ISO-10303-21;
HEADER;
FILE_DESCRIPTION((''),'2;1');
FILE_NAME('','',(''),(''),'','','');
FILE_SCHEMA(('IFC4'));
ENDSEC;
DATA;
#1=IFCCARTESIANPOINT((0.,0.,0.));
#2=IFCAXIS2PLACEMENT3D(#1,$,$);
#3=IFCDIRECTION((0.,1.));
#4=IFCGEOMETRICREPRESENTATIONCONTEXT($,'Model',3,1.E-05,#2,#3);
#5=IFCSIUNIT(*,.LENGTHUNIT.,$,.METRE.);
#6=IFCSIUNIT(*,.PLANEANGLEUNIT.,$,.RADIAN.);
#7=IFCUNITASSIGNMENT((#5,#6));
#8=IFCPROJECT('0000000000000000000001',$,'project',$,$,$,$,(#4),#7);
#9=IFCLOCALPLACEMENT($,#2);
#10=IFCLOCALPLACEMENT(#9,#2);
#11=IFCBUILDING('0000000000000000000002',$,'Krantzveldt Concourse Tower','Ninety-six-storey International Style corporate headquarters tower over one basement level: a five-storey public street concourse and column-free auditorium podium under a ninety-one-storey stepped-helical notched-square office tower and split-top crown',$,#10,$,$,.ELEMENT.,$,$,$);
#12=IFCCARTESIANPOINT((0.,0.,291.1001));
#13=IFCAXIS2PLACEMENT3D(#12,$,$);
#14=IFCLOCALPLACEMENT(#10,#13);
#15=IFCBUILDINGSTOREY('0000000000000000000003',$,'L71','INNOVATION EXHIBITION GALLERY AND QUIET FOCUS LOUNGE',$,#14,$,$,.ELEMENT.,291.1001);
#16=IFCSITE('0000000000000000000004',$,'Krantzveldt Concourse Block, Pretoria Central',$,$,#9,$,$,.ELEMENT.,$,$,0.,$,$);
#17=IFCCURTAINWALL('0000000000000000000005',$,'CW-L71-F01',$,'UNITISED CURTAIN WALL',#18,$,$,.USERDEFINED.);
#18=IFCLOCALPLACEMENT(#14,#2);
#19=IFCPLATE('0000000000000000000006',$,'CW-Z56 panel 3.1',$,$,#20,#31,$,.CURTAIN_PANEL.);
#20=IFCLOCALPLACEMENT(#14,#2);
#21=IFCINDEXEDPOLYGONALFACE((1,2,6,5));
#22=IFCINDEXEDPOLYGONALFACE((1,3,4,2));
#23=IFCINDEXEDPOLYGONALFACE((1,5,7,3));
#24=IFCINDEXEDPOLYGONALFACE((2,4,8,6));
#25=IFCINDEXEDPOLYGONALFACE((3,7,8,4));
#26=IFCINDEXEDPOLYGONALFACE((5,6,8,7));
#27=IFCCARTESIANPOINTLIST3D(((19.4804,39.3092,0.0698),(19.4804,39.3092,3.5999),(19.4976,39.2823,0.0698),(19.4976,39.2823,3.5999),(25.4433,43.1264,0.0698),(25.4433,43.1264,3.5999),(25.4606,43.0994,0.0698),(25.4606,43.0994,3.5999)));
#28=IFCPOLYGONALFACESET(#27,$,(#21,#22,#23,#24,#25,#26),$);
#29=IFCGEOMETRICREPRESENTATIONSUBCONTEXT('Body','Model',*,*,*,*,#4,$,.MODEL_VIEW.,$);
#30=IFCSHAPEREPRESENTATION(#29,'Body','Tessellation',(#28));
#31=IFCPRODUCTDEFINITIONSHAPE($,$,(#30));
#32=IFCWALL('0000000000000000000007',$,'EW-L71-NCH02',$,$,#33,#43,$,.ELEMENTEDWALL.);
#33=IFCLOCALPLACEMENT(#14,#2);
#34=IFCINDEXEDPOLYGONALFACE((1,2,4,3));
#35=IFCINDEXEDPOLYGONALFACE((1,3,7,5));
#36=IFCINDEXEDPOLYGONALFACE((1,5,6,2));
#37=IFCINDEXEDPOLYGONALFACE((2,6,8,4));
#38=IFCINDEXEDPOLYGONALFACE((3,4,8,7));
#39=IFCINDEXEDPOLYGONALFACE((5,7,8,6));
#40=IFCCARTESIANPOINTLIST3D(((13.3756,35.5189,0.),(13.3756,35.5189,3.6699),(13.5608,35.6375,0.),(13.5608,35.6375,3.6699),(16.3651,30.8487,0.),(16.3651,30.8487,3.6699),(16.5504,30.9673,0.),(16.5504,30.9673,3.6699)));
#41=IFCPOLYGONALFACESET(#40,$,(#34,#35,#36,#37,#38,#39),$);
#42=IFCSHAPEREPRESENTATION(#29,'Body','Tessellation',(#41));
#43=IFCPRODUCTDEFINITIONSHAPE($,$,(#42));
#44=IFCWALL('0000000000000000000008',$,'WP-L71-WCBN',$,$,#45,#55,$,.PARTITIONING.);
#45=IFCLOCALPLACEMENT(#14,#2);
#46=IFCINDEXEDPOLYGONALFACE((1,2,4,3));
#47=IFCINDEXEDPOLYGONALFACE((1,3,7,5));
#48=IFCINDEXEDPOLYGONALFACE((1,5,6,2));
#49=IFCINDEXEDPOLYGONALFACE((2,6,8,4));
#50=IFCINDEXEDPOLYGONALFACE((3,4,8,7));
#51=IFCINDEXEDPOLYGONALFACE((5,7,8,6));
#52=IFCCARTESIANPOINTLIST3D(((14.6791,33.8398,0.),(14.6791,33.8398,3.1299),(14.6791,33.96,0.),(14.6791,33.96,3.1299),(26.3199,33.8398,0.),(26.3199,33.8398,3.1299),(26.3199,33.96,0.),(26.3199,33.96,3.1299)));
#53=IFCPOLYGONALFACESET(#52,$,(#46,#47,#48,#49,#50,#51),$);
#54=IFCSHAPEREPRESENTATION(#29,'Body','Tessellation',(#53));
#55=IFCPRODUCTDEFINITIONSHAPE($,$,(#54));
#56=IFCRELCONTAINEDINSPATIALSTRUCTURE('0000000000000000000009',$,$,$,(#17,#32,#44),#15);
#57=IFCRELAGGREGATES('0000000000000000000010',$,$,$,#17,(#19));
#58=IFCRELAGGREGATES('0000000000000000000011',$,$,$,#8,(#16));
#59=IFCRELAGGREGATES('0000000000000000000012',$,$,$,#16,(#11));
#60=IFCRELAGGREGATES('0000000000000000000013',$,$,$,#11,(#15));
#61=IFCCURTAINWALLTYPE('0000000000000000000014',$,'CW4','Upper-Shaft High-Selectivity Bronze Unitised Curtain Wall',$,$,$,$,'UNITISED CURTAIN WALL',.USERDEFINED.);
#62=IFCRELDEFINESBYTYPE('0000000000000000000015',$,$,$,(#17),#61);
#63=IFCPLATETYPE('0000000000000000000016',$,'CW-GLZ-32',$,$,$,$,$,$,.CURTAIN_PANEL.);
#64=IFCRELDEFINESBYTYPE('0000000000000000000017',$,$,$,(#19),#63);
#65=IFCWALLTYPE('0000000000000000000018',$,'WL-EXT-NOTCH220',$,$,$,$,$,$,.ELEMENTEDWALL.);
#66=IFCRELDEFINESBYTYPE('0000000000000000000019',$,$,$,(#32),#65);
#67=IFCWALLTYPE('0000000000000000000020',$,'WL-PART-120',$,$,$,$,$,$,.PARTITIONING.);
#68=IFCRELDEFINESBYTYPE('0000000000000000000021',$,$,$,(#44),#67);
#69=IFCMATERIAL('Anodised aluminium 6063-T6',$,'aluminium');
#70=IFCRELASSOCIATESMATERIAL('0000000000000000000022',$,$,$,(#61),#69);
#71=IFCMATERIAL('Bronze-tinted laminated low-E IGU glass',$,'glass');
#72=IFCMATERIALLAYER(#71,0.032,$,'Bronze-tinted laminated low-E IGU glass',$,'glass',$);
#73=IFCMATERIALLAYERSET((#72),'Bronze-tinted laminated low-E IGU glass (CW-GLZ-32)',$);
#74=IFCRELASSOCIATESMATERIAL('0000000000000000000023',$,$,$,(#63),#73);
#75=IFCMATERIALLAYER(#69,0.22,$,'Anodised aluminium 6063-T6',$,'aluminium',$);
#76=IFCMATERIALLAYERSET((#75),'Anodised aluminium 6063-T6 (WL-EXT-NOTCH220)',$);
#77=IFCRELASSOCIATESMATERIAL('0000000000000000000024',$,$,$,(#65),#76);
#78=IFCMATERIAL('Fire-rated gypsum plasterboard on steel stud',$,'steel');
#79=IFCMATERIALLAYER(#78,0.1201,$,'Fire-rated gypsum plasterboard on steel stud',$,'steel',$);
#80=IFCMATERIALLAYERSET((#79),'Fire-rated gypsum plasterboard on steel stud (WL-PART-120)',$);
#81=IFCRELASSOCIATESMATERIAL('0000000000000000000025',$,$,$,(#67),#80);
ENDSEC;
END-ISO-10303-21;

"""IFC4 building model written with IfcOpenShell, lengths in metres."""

from ifc_helpers import new_model, si_unit, direction, frame, frame_2d, origin, origin_2d, place, context, subcontext, project, spatial, rectangle, extrude, source, transform, mapped, material, layer, layer_set, type_object, element, aggregate, save


model = new_model("IFC4")

# Units and contexts
model_context = context("Model", 3, precision=1e-05, world=origin(), true_north=direction((0.0, 1.0)))
body_context = subcontext(model_context, "Body", "Model", "MODEL_VIEW")
ifc_project = project(units=[si_unit("LENGTHUNIT", "METRE"), si_unit("PLANEANGLEUNIT", "RADIAN")], contexts=[model_context])

# Site, building, storey
site_placement = place(None, origin())
site = spatial("IfcSite", under=ifc_project, at=site_placement, Name="Krantzveldt Concourse Block, Pretoria Central", CompositionType="ELEMENT", RefElevation=0.0)
building_placement = place(site_placement, origin())
building = spatial("IfcBuilding", under=site, at=building_placement, Name="Krantzveldt Concourse Tower", Description="Ninety-six-storey International Style corporate headquarters tower over one basement level: a five-storey public street concourse and column-free auditorium podium under a ninety-one-storey stepped-helical notched-square office tower and split-top crown", CompositionType="ELEMENT")
storey_placement = place(building_placement, frame((0.0, 0.0, 291.1001)))
storey = spatial("IfcBuildingStorey", under=building, at=storey_placement, Name="L71", Description="INNOVATION EXHIBITION GALLERY AND QUIET FOCUS LOUNGE", CompositionType="ELEMENT", Elevation=291.1001)

# Curtain wall, plate
ifc_material_1 = material(Name="Anodised aluminium 6063-T6", Category="aluminium")
curtain_wall_type = type_object("IfcCurtainWallType", Name="CW4", Description="Upper-Shaft High-Selectivity Bronze Unitised Curtain Wall", ElementType="UNITISED CURTAIN WALL", PredefinedType="USERDEFINED", material=ifc_material_1)
curtain_wall_placement = place(storey_placement, origin())
curtain_wall = element("IfcCurtainWall", 1, at=curtain_wall_placement, inside=storey, type_object=curtain_wall_type, Name="CW-L71-F01", ObjectType="UNITISED CURTAIN WALL", PredefinedType="USERDEFINED")
ifc_material_2 = material(Name="Bronze-tinted laminated low-E IGU glass", Category="glass")
ifc_layer_1 = layer(ifc_material_2, 0.032, Name="Bronze-tinted laminated low-E IGU glass", Category="glass")
ifc_layer_set_1 = layer_set([ifc_layer_1], Name="Bronze-tinted laminated low-E IGU glass (CW-GLZ-32)")
plate_type = type_object("IfcPlateType", Name="CW-GLZ-32", PredefinedType="CURTAIN_PANEL", material=ifc_layer_set_1)
shared_shape_1 = source(origin(), body_context, "Body", "SweptSolid", [
    extrude(rectangle(XDim=7.0801, YDim=0.032, at=origin_2d()), origin(), (0.0, 0.0, 1.0), 3.53),
])
plate_1_placement = place(storey_placement, frame((22.4705, 41.2043, 0.0698), z_axis=(0.0, 0.0, 1.0), x_axis=(-0.842217, -0.539138, 0.0)))
plate_1 = element("IfcPlate", 2, at=plate_1_placement, type_object=plate_type, Name="CW-Z56 panel 3.1", PredefinedType="CURTAIN_PANEL", context=body_context, shape_type="MappedRepresentation", body=[
    mapped(shared_shape_1, transform((0.0, 0.0, 0.0), x_axis=(1.0, 0.0, 0.0), y_axis=(0.0, 1.0, 0.0), z_axis=(0.0, 0.0, 1.0), scale=1.0)),
])
aggregate(curtain_wall, [plate_1])

# Walls
ifc_layer_2 = layer(ifc_material_1, 0.22, Name="Anodised aluminium 6063-T6", Category="aluminium")
ifc_layer_set_2 = layer_set([ifc_layer_2], Name="Anodised aluminium 6063-T6 (WL-EXT-NOTCH220)")
wall_type_1 = type_object("IfcWallType", Name="WL-EXT-NOTCH220", PredefinedType="ELEMENTEDWALL", material=ifc_layer_set_2)
wall_1_placement = place(storey_placement, frame((13.4683, 35.5781, 0.0), z_axis=(0.0, 0.0, 1.0), x_axis=(0.53913, -0.842223, 0.0)))
element("IfcWall", 3, at=wall_1_placement, inside=storey, type_object=wall_type_1, Name="EW-L71-NCH02", PredefinedType="ELEMENTEDWALL", context=body_context, shape_type="SweptSolid", body=[
    extrude(rectangle(XDim=5.5452, YDim=0.22, at=frame_2d((2.7725, 0.0))), origin(), (0.0, 0.0, 1.0), 3.6699),
])
ifc_material_3 = material(Name="Fire-rated gypsum plasterboard on steel stud", Category="steel")
ifc_layer_3 = layer(ifc_material_3, 0.1201, Name="Fire-rated gypsum plasterboard on steel stud", Category="steel")
ifc_layer_set_3 = layer_set([ifc_layer_3], Name="Fire-rated gypsum plasterboard on steel stud (WL-PART-120)")
wall_type_2 = type_object("IfcWallType", Name="WL-PART-120", PredefinedType="PARTITIONING", material=ifc_layer_set_3)
wall_2_placement = place(storey_placement, frame((14.6792, 33.8999, 0.0), z_axis=(0.0, 0.0, 1.0), x_axis=(1.0, 0.0, 0.0)))
element("IfcWall", 4, at=wall_2_placement, inside=storey, type_object=wall_type_2, Name="WP-L71-WCBN", PredefinedType="PARTITIONING", context=body_context, shape_type="SweptSolid", body=[
    extrude(rectangle(XDim=11.6409, YDim=0.1201, at=frame_2d((5.8203, 0.0))), origin(), (0.0, 0.0, 1.0), 3.1299),
])

save(model, "model.ifc")
